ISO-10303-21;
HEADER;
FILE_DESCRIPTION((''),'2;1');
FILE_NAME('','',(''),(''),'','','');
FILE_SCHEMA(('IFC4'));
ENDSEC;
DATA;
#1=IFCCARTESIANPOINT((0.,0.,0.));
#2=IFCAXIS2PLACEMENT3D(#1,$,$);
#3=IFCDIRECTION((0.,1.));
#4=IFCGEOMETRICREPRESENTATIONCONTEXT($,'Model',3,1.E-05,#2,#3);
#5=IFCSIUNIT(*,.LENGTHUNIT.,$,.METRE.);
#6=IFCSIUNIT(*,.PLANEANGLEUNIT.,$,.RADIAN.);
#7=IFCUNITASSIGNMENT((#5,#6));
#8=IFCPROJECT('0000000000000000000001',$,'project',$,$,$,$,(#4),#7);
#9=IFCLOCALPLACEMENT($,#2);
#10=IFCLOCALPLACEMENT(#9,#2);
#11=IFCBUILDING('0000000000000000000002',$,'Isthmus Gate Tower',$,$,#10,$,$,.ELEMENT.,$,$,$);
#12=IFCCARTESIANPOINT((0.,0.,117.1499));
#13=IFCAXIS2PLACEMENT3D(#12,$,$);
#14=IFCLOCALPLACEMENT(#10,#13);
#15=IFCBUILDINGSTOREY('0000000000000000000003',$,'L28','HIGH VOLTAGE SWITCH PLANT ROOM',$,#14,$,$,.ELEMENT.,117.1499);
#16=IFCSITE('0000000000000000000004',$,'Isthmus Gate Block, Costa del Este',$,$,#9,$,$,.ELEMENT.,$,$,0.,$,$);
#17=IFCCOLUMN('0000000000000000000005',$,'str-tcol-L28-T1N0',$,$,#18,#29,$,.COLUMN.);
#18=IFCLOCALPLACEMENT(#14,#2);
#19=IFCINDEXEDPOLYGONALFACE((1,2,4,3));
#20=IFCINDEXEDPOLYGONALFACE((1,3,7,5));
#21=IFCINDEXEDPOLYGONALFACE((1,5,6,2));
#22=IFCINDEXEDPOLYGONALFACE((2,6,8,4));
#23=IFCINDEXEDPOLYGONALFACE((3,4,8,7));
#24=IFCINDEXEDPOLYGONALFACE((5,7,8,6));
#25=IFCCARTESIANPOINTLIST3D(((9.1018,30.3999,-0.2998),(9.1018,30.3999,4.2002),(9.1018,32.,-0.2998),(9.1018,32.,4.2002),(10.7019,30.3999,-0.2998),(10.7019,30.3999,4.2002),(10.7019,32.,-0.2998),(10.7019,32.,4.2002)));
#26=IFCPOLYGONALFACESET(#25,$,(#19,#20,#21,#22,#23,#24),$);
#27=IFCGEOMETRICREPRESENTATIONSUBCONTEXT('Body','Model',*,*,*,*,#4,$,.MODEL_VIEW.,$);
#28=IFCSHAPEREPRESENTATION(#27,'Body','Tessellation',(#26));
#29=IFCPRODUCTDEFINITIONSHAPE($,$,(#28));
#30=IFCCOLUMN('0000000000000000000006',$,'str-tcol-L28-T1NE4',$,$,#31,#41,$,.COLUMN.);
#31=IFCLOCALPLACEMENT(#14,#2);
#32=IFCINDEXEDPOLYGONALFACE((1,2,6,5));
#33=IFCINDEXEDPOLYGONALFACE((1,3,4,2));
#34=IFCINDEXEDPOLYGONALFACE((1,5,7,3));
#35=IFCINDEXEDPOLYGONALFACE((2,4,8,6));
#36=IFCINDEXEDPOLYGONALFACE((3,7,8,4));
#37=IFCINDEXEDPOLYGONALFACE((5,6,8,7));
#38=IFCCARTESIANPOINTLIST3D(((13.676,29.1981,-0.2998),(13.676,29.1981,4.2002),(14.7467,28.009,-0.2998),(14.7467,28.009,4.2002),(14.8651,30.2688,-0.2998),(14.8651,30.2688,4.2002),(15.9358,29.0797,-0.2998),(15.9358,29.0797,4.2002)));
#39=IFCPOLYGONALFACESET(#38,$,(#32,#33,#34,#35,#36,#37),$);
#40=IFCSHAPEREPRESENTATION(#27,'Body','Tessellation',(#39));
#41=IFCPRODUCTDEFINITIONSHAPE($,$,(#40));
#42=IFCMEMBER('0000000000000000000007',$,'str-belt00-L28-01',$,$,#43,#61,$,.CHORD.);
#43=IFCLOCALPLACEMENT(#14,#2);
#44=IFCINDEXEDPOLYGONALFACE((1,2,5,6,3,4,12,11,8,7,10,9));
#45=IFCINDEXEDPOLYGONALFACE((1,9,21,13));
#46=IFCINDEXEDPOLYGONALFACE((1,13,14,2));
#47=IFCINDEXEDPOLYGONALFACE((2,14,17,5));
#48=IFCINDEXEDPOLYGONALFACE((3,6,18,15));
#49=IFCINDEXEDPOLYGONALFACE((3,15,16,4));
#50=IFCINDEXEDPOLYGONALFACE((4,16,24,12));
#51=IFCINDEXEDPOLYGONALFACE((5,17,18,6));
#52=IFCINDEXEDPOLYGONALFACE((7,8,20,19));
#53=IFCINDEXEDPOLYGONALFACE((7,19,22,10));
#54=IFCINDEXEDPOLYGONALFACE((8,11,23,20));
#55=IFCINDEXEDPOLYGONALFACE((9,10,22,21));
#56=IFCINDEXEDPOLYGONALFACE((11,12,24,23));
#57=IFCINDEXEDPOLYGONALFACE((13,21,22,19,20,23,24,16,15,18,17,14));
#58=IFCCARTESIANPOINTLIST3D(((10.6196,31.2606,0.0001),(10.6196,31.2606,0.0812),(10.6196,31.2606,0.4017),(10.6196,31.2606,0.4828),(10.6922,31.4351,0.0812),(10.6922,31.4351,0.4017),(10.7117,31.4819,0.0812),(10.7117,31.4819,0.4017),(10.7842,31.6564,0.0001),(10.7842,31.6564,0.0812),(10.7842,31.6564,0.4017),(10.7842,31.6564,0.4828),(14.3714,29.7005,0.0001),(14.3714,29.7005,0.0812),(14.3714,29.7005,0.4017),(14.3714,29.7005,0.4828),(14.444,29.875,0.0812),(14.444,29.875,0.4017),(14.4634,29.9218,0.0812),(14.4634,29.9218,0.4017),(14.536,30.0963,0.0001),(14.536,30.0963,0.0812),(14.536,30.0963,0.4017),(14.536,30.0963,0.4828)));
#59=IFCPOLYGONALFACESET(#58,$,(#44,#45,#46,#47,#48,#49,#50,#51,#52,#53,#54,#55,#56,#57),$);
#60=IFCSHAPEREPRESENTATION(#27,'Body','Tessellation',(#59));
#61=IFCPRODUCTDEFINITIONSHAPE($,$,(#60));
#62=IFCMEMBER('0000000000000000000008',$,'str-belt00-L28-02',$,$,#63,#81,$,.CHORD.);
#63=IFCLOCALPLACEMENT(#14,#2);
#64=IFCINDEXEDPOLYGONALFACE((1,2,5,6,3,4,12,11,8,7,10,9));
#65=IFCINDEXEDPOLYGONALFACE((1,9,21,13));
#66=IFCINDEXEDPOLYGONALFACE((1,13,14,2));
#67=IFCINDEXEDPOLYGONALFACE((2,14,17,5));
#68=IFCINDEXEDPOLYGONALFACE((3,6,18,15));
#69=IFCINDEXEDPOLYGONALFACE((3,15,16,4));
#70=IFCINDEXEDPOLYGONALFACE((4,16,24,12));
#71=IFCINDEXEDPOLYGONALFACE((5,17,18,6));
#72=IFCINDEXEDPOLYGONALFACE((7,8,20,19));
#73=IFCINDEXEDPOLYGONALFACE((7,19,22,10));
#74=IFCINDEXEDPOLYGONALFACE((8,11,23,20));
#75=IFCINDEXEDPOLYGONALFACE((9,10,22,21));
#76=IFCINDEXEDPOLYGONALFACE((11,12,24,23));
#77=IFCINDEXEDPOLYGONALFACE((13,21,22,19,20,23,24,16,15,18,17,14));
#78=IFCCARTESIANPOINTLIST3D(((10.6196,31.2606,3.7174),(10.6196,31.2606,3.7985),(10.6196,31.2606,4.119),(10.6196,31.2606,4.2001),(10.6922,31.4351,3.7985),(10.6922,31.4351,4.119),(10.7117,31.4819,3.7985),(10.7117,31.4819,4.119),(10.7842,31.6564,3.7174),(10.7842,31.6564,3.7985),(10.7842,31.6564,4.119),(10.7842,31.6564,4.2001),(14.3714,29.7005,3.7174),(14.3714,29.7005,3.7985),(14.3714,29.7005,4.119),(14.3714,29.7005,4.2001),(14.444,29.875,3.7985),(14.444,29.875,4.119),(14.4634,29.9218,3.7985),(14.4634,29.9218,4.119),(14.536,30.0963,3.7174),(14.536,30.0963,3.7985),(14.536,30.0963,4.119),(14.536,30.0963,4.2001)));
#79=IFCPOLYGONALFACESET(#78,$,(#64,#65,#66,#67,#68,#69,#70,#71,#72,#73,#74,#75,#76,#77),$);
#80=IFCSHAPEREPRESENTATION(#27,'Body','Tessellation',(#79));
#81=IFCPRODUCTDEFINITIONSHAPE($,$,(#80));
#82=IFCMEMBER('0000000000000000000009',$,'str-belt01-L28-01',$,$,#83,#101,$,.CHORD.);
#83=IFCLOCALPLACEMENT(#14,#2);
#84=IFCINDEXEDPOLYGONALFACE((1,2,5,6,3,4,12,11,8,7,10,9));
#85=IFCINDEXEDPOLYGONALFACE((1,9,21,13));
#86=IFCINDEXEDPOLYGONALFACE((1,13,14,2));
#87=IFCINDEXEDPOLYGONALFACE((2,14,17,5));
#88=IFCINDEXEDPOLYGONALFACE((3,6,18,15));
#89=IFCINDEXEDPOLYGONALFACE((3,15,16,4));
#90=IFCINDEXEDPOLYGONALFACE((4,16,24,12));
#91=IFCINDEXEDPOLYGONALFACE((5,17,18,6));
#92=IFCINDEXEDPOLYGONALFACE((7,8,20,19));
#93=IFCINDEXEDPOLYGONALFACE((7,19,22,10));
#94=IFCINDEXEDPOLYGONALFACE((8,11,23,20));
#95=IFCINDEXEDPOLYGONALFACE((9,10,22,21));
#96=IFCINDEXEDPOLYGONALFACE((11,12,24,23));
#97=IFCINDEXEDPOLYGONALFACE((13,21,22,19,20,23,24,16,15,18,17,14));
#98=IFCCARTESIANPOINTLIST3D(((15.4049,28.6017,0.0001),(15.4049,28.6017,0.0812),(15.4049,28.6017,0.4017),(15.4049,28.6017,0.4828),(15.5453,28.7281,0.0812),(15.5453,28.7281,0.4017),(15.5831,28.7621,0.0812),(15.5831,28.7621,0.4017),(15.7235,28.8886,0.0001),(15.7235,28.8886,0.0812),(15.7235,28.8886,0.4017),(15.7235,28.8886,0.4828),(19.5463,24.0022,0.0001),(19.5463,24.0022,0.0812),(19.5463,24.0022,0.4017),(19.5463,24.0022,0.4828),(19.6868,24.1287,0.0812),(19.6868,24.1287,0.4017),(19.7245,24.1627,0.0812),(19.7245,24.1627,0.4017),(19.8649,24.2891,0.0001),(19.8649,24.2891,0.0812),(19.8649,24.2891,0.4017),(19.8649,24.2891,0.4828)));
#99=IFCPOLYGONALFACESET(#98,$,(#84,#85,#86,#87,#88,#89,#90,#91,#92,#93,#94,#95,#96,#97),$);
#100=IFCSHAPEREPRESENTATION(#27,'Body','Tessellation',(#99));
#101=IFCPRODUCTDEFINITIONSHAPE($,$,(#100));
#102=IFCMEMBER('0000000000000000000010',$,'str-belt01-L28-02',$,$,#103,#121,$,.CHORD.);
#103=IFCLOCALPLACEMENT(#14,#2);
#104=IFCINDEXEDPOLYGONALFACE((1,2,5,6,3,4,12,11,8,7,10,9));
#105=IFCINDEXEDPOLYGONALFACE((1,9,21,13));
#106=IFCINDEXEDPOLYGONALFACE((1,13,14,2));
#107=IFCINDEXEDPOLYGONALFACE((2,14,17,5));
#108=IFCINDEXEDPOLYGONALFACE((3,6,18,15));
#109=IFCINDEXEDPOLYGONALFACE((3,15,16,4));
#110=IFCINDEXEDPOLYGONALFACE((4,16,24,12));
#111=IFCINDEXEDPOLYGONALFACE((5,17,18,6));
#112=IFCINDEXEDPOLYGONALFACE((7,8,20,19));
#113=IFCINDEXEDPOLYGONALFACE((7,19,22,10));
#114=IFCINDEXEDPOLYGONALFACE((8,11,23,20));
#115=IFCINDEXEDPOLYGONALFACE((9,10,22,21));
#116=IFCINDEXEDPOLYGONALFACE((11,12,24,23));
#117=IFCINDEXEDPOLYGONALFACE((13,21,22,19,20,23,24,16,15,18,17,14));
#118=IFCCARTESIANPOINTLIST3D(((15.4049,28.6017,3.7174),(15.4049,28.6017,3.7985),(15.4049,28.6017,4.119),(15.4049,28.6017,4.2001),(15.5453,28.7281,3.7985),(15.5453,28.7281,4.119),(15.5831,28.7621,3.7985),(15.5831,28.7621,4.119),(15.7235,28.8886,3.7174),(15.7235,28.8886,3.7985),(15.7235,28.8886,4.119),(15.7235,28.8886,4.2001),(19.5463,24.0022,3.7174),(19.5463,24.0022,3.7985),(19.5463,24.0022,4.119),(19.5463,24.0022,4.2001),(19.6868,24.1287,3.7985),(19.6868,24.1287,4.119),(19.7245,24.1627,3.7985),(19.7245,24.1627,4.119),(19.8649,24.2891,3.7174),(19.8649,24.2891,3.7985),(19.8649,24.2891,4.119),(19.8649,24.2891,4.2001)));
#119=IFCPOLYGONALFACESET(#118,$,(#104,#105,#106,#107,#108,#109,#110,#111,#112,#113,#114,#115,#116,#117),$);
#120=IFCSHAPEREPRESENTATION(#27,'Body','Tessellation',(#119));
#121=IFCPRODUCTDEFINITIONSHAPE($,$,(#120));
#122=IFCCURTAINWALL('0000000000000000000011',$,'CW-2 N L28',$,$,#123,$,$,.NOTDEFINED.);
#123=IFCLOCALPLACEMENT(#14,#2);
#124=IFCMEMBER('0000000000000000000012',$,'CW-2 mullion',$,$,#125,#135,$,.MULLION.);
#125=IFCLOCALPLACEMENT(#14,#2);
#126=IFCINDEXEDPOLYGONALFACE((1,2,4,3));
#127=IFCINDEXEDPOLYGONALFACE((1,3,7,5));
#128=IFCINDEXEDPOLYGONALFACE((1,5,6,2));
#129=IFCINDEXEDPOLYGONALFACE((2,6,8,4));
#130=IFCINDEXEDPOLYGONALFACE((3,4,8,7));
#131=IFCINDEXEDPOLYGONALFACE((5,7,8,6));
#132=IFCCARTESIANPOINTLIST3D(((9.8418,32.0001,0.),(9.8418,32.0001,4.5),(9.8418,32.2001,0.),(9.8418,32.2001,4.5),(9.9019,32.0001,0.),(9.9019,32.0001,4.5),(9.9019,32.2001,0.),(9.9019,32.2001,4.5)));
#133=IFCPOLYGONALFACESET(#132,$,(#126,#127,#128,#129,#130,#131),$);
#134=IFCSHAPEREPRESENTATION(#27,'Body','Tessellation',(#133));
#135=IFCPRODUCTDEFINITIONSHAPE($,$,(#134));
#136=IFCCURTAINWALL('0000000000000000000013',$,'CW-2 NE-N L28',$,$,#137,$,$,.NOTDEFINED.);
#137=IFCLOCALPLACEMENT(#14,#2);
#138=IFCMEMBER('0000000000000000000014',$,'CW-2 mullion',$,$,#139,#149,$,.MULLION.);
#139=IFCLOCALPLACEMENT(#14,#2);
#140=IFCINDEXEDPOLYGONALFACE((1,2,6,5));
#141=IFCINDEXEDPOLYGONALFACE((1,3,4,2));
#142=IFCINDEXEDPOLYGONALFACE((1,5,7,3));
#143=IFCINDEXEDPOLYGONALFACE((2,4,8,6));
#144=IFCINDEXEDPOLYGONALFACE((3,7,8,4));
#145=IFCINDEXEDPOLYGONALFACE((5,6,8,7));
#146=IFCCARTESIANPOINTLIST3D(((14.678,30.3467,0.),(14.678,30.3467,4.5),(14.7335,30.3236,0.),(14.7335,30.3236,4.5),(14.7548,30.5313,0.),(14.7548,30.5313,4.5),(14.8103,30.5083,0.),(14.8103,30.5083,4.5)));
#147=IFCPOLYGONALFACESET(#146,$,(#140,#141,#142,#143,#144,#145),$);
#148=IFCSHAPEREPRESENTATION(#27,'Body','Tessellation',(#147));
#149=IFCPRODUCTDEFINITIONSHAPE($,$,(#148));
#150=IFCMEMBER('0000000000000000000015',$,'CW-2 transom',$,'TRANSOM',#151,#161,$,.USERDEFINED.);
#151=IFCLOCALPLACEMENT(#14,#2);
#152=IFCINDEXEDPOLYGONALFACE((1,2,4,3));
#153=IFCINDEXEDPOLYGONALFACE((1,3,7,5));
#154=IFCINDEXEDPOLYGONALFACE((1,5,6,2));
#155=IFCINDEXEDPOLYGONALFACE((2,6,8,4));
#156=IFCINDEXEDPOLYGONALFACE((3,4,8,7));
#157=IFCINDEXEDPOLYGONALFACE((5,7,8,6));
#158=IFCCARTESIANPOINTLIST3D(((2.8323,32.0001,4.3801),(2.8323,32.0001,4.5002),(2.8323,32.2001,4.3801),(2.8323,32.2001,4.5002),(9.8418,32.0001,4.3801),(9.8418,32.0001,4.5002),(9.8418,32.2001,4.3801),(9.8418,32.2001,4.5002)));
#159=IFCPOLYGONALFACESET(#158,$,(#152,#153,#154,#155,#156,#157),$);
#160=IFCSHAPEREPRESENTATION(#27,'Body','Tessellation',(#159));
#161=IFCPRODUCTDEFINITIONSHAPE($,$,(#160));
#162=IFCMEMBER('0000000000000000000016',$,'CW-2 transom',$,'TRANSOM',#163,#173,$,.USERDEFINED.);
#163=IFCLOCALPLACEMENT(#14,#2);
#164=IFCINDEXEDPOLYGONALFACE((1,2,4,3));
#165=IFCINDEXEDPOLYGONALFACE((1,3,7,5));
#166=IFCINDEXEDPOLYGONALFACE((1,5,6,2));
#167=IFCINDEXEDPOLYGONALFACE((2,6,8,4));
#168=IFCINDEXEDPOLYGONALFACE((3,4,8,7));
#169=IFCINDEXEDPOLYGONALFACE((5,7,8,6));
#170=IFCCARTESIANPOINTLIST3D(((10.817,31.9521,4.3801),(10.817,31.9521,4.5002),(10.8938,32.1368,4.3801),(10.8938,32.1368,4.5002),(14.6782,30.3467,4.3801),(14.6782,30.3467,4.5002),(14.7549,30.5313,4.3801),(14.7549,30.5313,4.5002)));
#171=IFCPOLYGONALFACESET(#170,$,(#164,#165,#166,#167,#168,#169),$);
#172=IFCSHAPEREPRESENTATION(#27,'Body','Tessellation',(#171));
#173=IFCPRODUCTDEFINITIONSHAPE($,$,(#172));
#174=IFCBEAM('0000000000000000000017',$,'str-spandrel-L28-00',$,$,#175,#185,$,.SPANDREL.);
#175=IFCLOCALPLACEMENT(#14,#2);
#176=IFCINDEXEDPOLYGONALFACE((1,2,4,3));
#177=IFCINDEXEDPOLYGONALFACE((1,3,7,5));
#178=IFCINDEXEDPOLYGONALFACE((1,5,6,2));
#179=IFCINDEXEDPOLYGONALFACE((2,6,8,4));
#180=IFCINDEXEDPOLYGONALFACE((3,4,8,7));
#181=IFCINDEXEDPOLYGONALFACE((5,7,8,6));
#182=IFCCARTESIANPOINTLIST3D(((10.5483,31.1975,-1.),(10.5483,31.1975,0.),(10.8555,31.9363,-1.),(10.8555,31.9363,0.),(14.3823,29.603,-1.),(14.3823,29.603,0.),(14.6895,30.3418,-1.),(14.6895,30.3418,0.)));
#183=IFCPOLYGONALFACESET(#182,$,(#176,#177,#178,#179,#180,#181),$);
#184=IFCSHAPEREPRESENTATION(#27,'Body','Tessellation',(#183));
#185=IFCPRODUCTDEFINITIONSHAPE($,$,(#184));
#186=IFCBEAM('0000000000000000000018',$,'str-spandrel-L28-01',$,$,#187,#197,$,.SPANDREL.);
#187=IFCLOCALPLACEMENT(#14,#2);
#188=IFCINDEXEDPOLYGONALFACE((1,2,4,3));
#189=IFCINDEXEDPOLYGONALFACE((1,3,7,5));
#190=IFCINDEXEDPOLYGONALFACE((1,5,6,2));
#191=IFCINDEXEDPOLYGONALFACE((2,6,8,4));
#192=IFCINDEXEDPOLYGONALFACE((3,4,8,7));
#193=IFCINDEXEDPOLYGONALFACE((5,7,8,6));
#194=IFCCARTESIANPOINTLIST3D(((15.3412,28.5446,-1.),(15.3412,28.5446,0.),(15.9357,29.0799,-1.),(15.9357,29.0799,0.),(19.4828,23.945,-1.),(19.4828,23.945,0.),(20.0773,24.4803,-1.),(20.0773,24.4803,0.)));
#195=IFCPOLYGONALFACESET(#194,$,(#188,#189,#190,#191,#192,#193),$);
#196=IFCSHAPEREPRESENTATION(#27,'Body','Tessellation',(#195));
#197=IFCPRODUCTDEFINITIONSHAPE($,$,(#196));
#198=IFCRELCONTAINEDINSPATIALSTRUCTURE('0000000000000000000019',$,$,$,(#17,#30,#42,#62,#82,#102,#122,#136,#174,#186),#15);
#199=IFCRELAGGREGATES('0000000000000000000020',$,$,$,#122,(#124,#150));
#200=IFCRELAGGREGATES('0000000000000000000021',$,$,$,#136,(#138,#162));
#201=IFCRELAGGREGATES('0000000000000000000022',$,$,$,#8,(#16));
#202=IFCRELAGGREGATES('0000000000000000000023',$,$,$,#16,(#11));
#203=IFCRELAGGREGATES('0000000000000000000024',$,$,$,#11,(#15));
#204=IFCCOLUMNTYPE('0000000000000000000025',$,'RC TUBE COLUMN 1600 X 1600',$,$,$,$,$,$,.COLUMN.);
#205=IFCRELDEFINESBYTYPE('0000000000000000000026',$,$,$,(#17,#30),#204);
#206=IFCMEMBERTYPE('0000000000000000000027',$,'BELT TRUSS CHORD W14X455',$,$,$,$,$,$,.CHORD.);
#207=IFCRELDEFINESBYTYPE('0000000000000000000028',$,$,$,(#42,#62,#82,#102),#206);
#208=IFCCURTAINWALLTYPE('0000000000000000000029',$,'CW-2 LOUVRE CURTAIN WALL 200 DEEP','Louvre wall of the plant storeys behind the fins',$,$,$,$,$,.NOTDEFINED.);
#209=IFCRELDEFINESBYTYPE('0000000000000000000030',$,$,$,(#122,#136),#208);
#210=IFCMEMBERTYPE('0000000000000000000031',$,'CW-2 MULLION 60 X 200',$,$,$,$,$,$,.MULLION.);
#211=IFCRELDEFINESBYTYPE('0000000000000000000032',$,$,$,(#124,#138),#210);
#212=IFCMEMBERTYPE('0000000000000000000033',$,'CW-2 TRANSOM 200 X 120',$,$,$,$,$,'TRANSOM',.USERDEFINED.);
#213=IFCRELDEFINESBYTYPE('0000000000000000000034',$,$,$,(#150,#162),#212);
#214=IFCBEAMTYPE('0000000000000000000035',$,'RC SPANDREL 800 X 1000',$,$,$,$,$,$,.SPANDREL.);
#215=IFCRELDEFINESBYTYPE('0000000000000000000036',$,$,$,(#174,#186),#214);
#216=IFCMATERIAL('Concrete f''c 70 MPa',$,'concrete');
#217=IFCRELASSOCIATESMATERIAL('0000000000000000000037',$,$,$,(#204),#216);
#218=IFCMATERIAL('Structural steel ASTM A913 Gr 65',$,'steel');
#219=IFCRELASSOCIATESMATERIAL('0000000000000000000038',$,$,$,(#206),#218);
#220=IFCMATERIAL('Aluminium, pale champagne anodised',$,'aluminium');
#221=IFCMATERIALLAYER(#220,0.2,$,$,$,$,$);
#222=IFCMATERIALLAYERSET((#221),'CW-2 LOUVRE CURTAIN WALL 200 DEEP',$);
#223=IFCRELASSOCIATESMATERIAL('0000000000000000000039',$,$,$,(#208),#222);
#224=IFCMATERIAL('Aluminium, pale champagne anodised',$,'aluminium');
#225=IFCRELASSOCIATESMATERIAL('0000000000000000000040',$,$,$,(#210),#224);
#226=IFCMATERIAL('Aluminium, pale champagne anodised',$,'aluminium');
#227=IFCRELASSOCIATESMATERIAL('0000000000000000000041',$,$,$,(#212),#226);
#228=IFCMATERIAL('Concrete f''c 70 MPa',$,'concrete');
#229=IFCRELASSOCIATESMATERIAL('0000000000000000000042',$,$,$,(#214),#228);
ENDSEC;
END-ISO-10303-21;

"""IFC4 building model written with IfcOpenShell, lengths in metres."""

from ifc_helpers import new_model, si_unit, direction, frame, origin, origin_2d, place, context, subcontext, project, spatial, rectangle, i_section, extrude, material, layer, layer_set, material_profile, profile_set, type_object, element, aggregate, save


model = new_model("IFC4")

# Units and contexts
model_context = context("Model", 3, precision=1e-05, world=origin(), true_north=direction((0.0, 1.0)))
body_context = subcontext(model_context, "Body", "Model", "MODEL_VIEW")
ifc_project = project(units=[si_unit("LENGTHUNIT", "METRE"), si_unit("PLANEANGLEUNIT", "RADIAN")], contexts=[model_context])

# Site, building, storey
site_placement = place(None, origin())
site = spatial("IfcSite", under=ifc_project, at=site_placement, Name="Isthmus Gate Block, Costa del Este", CompositionType="ELEMENT", RefElevation=0.0)
building_placement = place(site_placement, origin())
building = spatial("IfcBuilding", under=site, at=building_placement, Name="Isthmus Gate Tower", CompositionType="ELEMENT")
storey_placement = place(building_placement, frame((0.0, 0.0, 117.1499)))
storey = spatial("IfcBuildingStorey", under=building, at=storey_placement, Name="L28", Description="HIGH VOLTAGE SWITCH PLANT ROOM", CompositionType="ELEMENT", Elevation=117.1499)

# Columns
ifc_material_1 = material(Name="Concrete f'c 70 MPa", Category="concrete")
ifc_material_profile_1 = material_profile(ifc_material_1, rectangle(XDim=1.6001, YDim=1.6001, at=origin_2d()), Name="RC 1600X1600")
ifc_profile_set_1 = profile_set([ifc_material_profile_1], Name="Concrete f'c 70 MPa")
column_type = type_object("IfcColumnType", Name="RC TUBE COLUMN 1600 X 1600", PredefinedType="COLUMN", material=ifc_profile_set_1)
for number, where, z_axis, x_axis, name in (
    (1, (9.9019, 31.2, -0.2998), (0.0, 0.0, 1.0), (-1.0, 0.0, 0.0), "str-tcol-L28-T1N0"),
    (2, (14.8059, 29.1389, -0.2998), (0.0, 0.0, 1.0), (-0.669131, 0.743145, 0.0), "str-tcol-L28-T1NE4"),
):
    element("IfcColumn", number, at=place(storey_placement, frame(where, z_axis=z_axis, x_axis=x_axis)), inside=storey, type_object=column_type, Name=name, PredefinedType="COLUMN", context=body_context, shape_type="SweptSolid", body=[
        extrude(rectangle(XDim=1.6001, YDim=1.6001, at=origin_2d()), origin(), (0.0, 0.0, 1.0), 4.5),
    ])

# Members
ifc_material_2 = material(Name="Structural steel ASTM A913 Gr 65", Category="steel")
ifc_material_profile_2 = material_profile(ifc_material_2, i_section(OverallWidth=0.4287, OverallDepth=0.4827, WebThickness=0.0508, FlangeThickness=0.0811, at=origin_2d()), Name="W14X455")
ifc_profile_set_2 = profile_set([ifc_material_profile_2], Name="Structural steel ASTM A913 Gr 65")
member_type_1 = type_object("IfcMemberType", Name="BELT TRUSS CHORD W14X455", PredefinedType="CHORD", material=ifc_profile_set_2)
for number, where, z_axis, x_axis, name in (
    (3, (10.7019, 31.4585, 0.2415), (0.923352, -0.383954, 0.0), (0.383954, 0.923352, 0.0), "str-belt00-L28-01"),
    (4, (10.7019, 31.4585, 3.9587), (0.923352, -0.383954, 0.0), (0.383954, 0.923352, 0.0), "str-belt00-L28-02"),
):
    element("IfcMember", number, at=place(storey_placement, frame(where, z_axis=z_axis, x_axis=x_axis)), inside=storey, type_object=member_type_1, Name=name, PredefinedType="CHORD", context=body_context, shape_type="SweptSolid", body=[
        extrude(i_section(OverallWidth=0.4287, OverallDepth=0.4827, WebThickness=0.0508, FlangeThickness=0.0811, at=origin_2d()), origin(), (0.0, 0.0, 1.0), 4.0632),
    ])
for number, where, z_axis, x_axis, name in (
    (5, (15.5642, 28.7451, 0.2415), (0.669137, -0.743139, 0.0), (0.743139, 0.669137, 0.0), "str-belt01-L28-01"),
    (6, (15.5642, 28.7451, 3.9587), (0.669137, -0.743139, 0.0), (0.743139, 0.669137, 0.0), "str-belt01-L28-02"),
):
    element("IfcMember", number, at=place(storey_placement, frame(where, z_axis=z_axis, x_axis=x_axis)), inside=storey, type_object=member_type_1, Name=name, PredefinedType="CHORD", context=body_context, shape_type="SweptSolid", body=[
        extrude(i_section(OverallWidth=0.4287, OverallDepth=0.4827, WebThickness=0.0508, FlangeThickness=0.0811, at=origin_2d()), origin(), (0.0, 0.0, 1.0), 6.1892),
    ])

# Curtain walls, members
ifc_material_3 = material(Name="Aluminium, pale champagne anodised", Category="aluminium")
ifc_layer_1 = layer(ifc_material_3, 0.2)
ifc_layer_set_1 = layer_set([ifc_layer_1], Name="CW-2 LOUVRE CURTAIN WALL 200 DEEP")
curtain_wall_type = type_object("IfcCurtainWallType", Name="CW-2 LOUVRE CURTAIN WALL 200 DEEP", Description="Louvre wall of the plant storeys behind the fins", PredefinedType="NOTDEFINED", material=ifc_layer_set_1)
curtain_wall_1_placement = place(storey_placement, origin())
curtain_wall_1 = element("IfcCurtainWall", 7, at=curtain_wall_1_placement, inside=storey, type_object=curtain_wall_type, Name="CW-2 N L28", PredefinedType="NOTDEFINED")
ifc_material_4 = material(Name="Aluminium, pale champagne anodised", Category="aluminium")
ifc_material_profile_3 = material_profile(ifc_material_4, rectangle(XDim=0.0601, YDim=0.2, at=origin_2d()), Name="60x200")
ifc_profile_set_3 = profile_set([ifc_material_profile_3], Name="Aluminium, pale champagne anodised")
member_type_2 = type_object("IfcMemberType", Name="CW-2 MULLION 60 X 200", PredefinedType="MULLION", material=ifc_profile_set_3)
member_1_placement = place(storey_placement, frame((9.8718, 32.1001, 0.0), z_axis=(0.0, 0.0, 1.0), x_axis=(-1.0, 0.0, 0.0)))
member_1 = element("IfcMember", 8, at=member_1_placement, type_object=member_type_2, Name="CW-2 mullion", PredefinedType="MULLION", context=body_context, shape_type="SweptSolid", body=[
    extrude(rectangle(XDim=0.0601, YDim=0.2, at=origin_2d()), origin(), (0.0, 0.0, 1.0), 4.5),
])
curtain_wall_2_placement = place(storey_placement, origin())
curtain_wall_2 = element("IfcCurtainWall", 9, at=curtain_wall_2_placement, inside=storey, type_object=curtain_wall_type, Name="CW-2 NE-N L28", PredefinedType="NOTDEFINED")
member_2_placement = place(storey_placement, frame((14.7441, 30.4275, 0.0), z_axis=(0.0, 0.0, 1.0), x_axis=(-0.923353, 0.383952, 0.0)))
member_2 = element("IfcMember", 10, at=member_2_placement, type_object=member_type_2, Name="CW-2 mullion", PredefinedType="MULLION", context=body_context, shape_type="SweptSolid", body=[
    extrude(rectangle(XDim=0.0601, YDim=0.2, at=origin_2d()), origin(), (0.0, 0.0, 1.0), 4.5),
])

# Members
ifc_material_5 = material(Name="Aluminium, pale champagne anodised", Category="aluminium")
ifc_material_profile_4 = material_profile(ifc_material_5, rectangle(XDim=0.2, YDim=0.1201, at=origin_2d()), Name="200x120")
ifc_profile_set_4 = profile_set([ifc_material_profile_4], Name="Aluminium, pale champagne anodised")
member_type_3 = type_object("IfcMemberType", Name="CW-2 TRANSOM 200 X 120", ElementType="TRANSOM", PredefinedType="USERDEFINED", material=ifc_profile_set_4)
member_3_placement = place(storey_placement, frame((9.8418, 32.1001, 4.4402), z_axis=(-1.0, 0.0, 0.0), x_axis=(0.0, -1.0, 0.0)))
member_3 = element("IfcMember", 11, at=member_3_placement, type_object=member_type_3, Name="CW-2 transom", ObjectType="TRANSOM", PredefinedType="USERDEFINED", context=body_context, shape_type="SweptSolid", body=[
    extrude(rectangle(XDim=0.2, YDim=0.1201, at=origin_2d()), origin(), (0.0, 0.0, 1.0), 7.0095),
])
aggregate(curtain_wall_1, [member_1, member_3])
member_4_placement = place(storey_placement, frame((14.7166, 30.439, 4.4402), z_axis=(-0.923358, 0.38394, 0.0), x_axis=(-0.38394, -0.923358, 0.0)))
member_4 = element("IfcMember", 12, at=member_4_placement, type_object=member_type_3, Name="CW-2 transom", ObjectType="TRANSOM", PredefinedType="USERDEFINED", context=body_context, shape_type="SweptSolid", body=[
    extrude(rectangle(XDim=0.2, YDim=0.1201, at=origin_2d()), origin(), (0.0, 0.0, 1.0), 4.1816),
])

# Beams
ifc_material_6 = material(Name="Concrete f'c 70 MPa", Category="concrete")
ifc_material_profile_5 = material_profile(ifc_material_6, rectangle(XDim=0.8, YDim=1.0, at=origin_2d()), Name="RC 800X1000")
ifc_profile_set_5 = profile_set([ifc_material_profile_5], Name="Concrete f'c 70 MPa")
beam_type_1 = type_object("IfcBeamType", Name="RC SPANDREL 800 X 1000", PredefinedType="SPANDREL", material=ifc_profile_set_5)
beam_1_placement = place(storey_placement, frame((10.7019, 31.5669, -0.5), z_axis=(0.923334, -0.383997, 0.0), x_axis=(0.383997, 0.923334, 0.0)))
element("IfcBeam", 13, at=beam_1_placement, inside=storey, type_object=beam_type_1, Name="str-spandrel-L28-00", PredefinedType="SPANDREL", context=body_context, shape_type="SweptSolid", body=[
    extrude(rectangle(XDim=0.8, YDim=1.0, at=origin_2d()), origin(), (0.0, 0.0, 1.0), 4.1523),
])
beam_2_placement = place(storey_placement, frame((15.6384, 28.8123, -0.5), z_axis=(0.669139, -0.743137, 0.0), x_axis=(0.743137, 0.669139, 0.0)))
element("IfcBeam", 14, at=beam_2_placement, inside=storey, type_object=beam_type_1, Name="str-spandrel-L28-01", PredefinedType="SPANDREL", context=body_context, shape_type="SweptSolid", body=[
    extrude(rectangle(XDim=0.8, YDim=1.0, at=origin_2d()), origin(), (0.0, 0.0, 1.0), 6.1895),
])

aggregate(curtain_wall_2, [member_2, member_4])

save(model, "model.ifc")
